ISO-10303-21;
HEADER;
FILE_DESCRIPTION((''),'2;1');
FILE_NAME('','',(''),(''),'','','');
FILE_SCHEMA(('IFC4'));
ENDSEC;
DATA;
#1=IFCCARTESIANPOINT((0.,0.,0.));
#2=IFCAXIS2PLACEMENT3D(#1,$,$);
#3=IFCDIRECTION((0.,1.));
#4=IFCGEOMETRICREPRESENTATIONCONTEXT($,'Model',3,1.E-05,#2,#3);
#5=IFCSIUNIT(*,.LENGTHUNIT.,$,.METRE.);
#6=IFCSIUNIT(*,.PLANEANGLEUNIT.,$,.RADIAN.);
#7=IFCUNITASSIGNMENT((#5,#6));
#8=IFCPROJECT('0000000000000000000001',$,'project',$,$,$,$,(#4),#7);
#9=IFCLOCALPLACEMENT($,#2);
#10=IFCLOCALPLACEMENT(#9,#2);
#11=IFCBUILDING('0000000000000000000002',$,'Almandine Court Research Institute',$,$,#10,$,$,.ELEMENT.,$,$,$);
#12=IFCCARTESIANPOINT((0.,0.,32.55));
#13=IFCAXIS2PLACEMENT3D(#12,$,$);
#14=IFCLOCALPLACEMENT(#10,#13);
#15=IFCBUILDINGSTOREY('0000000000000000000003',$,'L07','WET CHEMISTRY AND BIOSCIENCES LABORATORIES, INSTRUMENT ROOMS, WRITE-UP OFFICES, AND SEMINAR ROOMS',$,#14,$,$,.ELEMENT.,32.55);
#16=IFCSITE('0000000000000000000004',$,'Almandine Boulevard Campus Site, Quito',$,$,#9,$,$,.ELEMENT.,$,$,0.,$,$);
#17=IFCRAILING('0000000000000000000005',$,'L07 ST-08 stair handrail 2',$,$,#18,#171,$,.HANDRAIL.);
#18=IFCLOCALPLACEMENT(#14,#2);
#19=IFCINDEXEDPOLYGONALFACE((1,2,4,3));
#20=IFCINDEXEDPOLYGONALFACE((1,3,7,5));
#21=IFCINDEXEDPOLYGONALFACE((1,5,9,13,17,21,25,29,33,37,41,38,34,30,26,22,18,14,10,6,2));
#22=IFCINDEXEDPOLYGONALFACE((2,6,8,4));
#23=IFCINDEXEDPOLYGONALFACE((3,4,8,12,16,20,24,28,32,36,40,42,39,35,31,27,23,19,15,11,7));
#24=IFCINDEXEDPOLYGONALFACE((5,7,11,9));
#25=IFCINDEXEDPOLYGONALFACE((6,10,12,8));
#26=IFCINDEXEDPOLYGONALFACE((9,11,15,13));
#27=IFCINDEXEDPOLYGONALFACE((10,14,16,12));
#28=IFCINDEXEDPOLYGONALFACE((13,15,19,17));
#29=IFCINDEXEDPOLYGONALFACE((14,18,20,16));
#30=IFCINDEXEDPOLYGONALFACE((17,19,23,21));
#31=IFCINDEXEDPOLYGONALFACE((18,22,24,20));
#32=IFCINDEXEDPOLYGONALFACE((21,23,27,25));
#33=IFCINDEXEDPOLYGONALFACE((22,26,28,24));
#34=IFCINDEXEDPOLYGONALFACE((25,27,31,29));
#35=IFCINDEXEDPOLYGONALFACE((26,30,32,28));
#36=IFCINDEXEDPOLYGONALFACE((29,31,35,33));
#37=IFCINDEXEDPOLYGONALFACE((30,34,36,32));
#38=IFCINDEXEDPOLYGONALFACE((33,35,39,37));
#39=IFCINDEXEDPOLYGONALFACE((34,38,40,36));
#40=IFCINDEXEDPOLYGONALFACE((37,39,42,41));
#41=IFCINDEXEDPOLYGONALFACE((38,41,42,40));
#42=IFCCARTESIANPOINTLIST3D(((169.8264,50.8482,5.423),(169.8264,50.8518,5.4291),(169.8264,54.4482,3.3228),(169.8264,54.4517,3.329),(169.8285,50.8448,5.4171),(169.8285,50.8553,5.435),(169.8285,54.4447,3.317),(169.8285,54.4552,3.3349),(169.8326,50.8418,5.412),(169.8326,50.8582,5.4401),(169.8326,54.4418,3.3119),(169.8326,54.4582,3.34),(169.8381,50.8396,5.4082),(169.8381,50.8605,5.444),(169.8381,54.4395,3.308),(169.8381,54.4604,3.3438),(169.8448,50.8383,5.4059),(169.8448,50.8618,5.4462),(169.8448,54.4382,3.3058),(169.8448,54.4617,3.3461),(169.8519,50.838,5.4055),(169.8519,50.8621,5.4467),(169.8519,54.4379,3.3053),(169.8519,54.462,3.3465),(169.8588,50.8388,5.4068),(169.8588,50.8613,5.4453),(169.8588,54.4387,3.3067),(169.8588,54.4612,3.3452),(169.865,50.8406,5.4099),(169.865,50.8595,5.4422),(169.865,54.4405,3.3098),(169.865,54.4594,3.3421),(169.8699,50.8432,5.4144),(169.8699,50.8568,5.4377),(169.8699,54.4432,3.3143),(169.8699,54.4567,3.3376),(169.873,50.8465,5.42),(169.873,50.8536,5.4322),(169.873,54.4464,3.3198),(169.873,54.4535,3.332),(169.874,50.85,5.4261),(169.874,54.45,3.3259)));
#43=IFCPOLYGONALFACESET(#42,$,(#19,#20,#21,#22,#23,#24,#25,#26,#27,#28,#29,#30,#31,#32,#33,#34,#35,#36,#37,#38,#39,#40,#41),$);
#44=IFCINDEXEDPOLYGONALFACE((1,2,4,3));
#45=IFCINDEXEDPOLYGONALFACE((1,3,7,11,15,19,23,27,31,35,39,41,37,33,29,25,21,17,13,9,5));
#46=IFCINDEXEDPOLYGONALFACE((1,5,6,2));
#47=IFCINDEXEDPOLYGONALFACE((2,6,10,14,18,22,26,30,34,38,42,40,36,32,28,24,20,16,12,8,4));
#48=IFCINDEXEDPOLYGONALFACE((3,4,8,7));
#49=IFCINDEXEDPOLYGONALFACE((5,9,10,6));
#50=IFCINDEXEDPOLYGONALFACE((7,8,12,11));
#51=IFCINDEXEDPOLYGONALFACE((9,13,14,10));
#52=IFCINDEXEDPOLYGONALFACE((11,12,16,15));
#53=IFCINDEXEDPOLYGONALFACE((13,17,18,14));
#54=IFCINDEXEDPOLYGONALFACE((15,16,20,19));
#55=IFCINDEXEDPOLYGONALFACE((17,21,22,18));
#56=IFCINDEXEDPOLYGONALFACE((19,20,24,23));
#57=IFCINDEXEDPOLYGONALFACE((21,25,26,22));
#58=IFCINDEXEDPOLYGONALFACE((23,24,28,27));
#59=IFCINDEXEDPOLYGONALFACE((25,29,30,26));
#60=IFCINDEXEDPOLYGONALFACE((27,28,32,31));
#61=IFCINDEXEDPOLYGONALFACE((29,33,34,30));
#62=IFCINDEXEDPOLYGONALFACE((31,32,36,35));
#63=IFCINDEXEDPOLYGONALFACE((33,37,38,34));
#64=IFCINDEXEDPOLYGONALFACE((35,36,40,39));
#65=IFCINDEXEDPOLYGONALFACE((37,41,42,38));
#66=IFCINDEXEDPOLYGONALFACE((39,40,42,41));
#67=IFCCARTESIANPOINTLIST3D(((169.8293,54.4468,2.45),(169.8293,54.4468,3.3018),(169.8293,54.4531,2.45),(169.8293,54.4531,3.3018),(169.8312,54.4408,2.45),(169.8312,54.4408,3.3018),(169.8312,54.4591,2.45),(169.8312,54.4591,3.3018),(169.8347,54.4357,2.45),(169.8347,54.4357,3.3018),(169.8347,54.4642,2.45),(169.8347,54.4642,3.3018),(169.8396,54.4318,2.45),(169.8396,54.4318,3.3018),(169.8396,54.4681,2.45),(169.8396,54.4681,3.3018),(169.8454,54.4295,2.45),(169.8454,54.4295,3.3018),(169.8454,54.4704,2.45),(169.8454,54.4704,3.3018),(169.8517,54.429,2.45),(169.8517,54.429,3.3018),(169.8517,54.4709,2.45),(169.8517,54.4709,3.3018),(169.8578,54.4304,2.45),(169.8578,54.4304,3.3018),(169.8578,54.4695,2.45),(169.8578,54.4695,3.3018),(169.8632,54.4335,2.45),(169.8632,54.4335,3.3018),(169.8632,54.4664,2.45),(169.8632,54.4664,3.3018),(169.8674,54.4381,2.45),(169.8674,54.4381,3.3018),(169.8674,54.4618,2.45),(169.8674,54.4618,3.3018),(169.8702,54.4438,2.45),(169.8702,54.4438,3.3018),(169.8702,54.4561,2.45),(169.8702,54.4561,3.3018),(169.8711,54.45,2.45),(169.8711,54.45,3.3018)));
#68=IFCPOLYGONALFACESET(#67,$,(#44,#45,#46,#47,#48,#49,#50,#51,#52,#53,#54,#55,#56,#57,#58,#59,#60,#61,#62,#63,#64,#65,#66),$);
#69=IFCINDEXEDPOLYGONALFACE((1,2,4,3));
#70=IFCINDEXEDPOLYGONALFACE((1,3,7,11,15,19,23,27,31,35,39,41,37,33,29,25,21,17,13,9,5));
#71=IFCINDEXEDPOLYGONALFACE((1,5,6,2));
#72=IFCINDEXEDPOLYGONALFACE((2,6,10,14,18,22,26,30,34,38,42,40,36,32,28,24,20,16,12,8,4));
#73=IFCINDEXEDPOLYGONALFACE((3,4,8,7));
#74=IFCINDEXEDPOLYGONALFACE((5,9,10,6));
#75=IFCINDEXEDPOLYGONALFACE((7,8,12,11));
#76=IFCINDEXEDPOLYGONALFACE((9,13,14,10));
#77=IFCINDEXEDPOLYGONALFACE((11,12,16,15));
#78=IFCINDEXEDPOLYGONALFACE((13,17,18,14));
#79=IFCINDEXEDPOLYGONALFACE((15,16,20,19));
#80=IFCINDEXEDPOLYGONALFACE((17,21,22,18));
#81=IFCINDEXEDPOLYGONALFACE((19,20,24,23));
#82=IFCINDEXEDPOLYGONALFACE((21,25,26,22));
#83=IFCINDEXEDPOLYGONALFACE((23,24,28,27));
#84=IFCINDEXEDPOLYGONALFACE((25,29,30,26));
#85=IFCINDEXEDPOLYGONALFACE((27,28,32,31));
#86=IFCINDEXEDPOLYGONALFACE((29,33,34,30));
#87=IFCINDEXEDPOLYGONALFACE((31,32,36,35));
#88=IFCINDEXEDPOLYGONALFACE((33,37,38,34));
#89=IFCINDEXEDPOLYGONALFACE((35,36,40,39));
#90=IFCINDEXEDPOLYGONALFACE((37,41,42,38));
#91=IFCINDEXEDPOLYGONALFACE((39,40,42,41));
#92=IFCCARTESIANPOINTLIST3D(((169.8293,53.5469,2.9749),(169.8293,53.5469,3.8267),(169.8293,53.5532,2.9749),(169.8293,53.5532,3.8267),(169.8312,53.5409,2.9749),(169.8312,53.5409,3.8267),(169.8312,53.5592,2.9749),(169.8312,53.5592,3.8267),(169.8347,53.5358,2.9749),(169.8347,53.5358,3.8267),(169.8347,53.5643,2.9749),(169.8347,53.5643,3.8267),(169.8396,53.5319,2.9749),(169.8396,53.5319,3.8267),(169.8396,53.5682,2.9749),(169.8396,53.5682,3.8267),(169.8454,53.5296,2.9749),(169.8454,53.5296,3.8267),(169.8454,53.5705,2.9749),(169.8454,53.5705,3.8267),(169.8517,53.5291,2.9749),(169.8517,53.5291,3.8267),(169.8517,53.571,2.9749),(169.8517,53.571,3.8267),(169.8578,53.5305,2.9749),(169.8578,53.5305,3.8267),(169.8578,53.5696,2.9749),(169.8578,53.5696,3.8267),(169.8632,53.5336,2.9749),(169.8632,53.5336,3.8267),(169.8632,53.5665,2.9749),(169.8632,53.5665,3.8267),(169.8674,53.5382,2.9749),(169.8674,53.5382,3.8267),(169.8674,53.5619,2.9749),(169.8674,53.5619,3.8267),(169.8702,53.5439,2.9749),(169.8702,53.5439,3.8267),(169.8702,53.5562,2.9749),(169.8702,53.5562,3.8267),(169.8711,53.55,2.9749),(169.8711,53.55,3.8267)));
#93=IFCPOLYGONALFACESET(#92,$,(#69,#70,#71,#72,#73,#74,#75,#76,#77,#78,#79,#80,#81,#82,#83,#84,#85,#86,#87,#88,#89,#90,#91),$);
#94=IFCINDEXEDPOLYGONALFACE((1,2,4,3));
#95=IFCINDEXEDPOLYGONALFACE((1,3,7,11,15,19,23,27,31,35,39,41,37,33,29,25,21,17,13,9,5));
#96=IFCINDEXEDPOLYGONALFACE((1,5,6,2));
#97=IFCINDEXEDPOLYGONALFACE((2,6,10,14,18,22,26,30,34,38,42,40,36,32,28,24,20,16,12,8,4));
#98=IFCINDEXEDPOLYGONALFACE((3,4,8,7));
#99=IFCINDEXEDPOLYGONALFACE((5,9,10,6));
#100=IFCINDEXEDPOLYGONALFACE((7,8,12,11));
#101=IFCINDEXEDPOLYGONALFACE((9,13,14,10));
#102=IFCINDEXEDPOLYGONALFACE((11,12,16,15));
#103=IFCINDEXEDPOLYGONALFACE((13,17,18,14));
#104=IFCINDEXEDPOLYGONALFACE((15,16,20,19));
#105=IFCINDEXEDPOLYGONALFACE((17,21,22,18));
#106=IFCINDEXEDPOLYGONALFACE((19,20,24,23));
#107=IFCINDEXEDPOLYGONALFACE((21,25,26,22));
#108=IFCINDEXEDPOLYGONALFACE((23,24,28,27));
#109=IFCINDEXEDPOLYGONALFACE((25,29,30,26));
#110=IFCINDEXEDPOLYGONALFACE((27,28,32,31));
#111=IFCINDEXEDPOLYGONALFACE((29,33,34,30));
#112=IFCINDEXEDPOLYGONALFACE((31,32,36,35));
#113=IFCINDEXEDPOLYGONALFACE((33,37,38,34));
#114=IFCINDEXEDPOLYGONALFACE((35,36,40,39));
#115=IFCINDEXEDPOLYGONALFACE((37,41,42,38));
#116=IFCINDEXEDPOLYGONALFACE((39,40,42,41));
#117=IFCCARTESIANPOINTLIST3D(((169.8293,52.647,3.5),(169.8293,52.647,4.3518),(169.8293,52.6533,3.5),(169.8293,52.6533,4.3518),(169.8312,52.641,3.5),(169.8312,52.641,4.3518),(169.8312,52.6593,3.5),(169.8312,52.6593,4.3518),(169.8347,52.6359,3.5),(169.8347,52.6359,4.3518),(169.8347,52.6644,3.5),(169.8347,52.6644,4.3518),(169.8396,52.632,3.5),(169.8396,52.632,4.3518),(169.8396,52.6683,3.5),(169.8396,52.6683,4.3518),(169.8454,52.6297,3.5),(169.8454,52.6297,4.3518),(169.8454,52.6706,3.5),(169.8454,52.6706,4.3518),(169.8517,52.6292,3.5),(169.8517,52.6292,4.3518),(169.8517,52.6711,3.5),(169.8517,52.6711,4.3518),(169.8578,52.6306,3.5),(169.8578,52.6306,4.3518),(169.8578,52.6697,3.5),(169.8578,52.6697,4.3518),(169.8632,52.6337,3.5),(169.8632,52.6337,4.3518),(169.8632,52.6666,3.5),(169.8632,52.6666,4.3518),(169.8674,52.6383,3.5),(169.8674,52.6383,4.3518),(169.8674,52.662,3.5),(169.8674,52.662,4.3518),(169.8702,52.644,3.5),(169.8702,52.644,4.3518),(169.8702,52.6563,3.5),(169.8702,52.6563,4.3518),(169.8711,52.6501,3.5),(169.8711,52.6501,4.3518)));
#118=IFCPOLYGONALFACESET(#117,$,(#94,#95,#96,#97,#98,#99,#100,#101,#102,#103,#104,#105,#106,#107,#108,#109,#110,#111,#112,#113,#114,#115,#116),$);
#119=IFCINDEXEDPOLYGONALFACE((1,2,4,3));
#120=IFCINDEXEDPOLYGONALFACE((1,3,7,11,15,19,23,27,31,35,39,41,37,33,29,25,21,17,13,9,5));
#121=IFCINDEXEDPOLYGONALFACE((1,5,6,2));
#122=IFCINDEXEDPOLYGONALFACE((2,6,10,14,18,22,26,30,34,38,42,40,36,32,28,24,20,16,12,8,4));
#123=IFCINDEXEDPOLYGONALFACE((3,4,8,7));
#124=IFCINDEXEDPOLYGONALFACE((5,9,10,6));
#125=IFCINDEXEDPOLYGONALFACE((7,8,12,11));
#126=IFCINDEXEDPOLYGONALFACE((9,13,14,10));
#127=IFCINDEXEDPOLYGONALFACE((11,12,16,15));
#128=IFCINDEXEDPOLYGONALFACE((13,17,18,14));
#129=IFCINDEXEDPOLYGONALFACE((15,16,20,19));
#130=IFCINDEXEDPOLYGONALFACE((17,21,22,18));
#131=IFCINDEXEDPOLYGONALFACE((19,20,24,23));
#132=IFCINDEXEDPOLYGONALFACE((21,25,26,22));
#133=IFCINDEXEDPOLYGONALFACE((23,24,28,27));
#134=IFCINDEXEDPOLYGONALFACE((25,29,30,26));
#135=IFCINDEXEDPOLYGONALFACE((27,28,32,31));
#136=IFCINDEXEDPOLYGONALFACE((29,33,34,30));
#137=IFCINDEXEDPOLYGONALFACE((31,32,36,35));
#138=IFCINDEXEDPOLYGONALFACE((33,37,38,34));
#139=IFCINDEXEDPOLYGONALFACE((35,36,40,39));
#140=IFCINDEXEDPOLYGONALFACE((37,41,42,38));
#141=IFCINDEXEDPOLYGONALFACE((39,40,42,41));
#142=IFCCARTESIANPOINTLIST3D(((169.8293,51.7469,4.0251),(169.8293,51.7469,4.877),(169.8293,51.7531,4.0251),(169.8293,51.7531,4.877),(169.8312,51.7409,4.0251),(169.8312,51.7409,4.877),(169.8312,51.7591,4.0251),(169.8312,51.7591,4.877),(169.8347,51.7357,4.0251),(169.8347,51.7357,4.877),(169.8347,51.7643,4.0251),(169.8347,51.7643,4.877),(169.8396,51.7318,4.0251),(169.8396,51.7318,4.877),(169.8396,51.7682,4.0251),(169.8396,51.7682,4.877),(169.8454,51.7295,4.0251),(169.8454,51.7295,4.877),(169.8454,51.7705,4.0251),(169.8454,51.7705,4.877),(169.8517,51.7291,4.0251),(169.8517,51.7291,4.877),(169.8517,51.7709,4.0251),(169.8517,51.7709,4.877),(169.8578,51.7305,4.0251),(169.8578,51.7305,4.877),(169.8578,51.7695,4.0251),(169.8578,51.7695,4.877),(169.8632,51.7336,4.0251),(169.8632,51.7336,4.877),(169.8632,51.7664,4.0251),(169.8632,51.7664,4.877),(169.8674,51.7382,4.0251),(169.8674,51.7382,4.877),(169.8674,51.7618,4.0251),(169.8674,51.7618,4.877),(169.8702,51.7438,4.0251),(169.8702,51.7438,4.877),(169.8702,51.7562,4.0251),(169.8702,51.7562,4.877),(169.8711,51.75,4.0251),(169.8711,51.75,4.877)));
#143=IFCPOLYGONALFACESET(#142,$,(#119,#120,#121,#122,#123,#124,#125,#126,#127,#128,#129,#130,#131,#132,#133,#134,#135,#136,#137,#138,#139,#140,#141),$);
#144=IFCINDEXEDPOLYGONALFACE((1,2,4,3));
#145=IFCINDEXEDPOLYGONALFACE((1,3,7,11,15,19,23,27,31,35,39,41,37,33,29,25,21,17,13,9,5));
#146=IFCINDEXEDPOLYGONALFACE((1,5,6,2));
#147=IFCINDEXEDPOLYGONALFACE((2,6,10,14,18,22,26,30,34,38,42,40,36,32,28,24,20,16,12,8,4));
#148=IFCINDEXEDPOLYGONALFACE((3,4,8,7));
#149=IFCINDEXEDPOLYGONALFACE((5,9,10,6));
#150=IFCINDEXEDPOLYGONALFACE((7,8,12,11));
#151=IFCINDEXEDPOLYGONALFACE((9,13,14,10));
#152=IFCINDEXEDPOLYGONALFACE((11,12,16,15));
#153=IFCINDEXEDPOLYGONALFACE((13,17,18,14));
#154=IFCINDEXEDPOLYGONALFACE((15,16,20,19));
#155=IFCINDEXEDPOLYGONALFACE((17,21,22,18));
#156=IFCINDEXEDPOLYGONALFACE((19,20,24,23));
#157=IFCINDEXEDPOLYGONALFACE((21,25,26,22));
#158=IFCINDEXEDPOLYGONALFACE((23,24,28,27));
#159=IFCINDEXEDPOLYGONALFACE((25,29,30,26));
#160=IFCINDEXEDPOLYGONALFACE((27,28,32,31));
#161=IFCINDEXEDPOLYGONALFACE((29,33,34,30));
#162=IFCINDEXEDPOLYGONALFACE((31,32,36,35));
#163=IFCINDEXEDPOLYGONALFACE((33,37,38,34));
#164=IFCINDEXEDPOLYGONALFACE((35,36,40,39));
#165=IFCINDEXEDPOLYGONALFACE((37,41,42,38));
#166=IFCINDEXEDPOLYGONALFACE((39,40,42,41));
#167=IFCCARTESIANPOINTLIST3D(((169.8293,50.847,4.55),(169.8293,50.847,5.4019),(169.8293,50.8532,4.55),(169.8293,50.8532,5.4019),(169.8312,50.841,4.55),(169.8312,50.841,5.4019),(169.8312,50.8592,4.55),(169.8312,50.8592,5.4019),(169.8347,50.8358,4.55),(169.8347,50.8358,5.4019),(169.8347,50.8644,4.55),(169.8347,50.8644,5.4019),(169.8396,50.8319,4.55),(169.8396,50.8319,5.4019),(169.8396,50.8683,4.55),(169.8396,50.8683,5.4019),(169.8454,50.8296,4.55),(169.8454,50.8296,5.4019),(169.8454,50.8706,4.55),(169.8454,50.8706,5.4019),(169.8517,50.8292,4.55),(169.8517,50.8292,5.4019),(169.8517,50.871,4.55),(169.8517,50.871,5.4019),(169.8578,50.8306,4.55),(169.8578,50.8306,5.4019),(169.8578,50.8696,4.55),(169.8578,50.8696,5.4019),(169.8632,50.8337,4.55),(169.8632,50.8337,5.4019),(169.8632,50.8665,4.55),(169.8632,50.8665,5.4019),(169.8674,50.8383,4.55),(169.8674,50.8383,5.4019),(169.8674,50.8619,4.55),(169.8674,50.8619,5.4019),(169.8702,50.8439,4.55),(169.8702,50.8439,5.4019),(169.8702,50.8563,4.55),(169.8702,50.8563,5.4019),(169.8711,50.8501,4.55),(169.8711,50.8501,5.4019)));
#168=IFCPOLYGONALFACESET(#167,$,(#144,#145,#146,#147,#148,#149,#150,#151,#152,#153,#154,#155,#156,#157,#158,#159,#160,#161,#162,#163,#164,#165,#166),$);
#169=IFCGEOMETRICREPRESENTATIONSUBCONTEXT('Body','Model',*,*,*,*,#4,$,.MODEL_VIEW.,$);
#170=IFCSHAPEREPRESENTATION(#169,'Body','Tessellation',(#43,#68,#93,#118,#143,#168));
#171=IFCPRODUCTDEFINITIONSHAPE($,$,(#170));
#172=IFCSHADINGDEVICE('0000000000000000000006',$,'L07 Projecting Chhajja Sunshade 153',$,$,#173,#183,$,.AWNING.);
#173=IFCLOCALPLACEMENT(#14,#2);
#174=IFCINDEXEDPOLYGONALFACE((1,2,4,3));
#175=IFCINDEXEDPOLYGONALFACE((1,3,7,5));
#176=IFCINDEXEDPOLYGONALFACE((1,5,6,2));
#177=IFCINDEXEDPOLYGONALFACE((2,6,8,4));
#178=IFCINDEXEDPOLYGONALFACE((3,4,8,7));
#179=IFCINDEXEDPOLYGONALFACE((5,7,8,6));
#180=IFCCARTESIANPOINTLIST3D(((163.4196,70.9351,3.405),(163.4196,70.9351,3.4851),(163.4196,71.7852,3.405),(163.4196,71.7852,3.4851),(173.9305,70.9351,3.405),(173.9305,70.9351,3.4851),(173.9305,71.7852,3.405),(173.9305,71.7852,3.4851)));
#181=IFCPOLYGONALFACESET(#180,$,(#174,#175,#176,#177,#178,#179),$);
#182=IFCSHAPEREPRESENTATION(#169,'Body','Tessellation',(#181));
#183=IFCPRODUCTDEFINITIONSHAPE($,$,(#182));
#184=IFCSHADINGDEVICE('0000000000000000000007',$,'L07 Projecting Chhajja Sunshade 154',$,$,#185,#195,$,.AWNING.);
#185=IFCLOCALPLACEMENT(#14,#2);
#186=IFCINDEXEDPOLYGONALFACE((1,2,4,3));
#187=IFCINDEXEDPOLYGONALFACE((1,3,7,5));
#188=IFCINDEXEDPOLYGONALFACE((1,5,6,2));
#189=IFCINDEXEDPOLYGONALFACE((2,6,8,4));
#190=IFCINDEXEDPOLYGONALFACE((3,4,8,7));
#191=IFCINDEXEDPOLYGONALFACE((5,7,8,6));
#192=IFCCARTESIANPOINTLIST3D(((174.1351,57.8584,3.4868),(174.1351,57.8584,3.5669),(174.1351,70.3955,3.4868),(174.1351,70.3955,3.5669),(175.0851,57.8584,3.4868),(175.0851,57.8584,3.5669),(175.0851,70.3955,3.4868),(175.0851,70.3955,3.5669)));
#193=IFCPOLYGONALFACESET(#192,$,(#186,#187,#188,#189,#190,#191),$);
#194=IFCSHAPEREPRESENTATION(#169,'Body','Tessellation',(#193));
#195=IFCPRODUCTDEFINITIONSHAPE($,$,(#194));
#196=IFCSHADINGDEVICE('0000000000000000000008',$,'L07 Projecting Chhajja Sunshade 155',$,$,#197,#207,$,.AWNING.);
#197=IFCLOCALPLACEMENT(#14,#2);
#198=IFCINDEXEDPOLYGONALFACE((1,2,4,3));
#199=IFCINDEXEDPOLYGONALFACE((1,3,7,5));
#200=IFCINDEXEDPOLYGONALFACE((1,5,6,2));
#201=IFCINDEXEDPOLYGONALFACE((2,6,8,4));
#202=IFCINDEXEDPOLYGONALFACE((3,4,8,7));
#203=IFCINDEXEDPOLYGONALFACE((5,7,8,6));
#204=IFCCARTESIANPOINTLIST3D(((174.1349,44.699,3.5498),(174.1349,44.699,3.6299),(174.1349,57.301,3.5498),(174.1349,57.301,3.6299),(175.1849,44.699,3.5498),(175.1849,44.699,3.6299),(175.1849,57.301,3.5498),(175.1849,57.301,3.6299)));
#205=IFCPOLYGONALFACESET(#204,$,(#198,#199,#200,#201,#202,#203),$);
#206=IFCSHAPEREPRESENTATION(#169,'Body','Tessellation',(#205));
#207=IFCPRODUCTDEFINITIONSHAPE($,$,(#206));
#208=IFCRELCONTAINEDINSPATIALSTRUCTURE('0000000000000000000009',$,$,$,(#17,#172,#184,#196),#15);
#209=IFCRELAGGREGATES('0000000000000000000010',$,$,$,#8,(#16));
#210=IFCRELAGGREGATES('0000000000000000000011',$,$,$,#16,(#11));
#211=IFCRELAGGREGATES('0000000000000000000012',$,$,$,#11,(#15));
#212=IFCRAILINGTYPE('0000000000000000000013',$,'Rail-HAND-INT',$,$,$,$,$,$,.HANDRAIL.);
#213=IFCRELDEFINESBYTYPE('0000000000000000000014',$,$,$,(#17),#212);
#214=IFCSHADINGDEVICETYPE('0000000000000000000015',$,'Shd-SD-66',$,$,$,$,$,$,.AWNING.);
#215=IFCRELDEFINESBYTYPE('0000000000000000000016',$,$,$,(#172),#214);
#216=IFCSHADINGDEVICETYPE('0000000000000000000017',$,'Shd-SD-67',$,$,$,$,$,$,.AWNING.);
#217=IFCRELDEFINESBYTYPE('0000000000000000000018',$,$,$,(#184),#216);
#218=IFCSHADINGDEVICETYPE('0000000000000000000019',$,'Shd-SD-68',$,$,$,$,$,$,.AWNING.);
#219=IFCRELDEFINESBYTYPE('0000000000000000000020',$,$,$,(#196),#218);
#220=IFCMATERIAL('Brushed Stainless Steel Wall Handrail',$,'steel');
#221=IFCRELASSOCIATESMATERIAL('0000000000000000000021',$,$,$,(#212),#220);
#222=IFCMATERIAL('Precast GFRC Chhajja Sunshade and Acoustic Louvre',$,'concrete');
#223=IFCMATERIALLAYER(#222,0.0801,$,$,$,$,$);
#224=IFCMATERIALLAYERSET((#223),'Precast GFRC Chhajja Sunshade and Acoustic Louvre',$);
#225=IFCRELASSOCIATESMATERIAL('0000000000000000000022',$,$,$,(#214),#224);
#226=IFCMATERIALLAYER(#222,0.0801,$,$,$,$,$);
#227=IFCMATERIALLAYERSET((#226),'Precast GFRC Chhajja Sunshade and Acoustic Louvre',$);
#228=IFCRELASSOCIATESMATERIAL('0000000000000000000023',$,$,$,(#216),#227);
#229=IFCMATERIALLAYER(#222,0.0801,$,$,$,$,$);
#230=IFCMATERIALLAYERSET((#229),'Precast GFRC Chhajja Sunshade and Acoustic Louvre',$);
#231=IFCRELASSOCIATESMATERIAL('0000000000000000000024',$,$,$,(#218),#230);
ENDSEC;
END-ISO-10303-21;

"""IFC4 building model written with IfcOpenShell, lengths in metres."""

from ifc_helpers import new_model, si_unit, direction, frame, origin, origin_2d, place, context, subcontext, project, spatial, rectangle, circle, extrude, material, layer, layer_set, type_object, element, save


model = new_model("IFC4")

# Units and contexts
model_context = context("Model", 3, precision=1e-05, world=origin(), true_north=direction((0.0, 1.0)))
body_context = subcontext(model_context, "Body", "Model", "MODEL_VIEW")
ifc_project = project(units=[si_unit("LENGTHUNIT", "METRE"), si_unit("PLANEANGLEUNIT", "RADIAN")], contexts=[model_context])

# Site, building, storey
site_placement = place(None, origin())
site = spatial("IfcSite", under=ifc_project, at=site_placement, Name="Almandine Boulevard Campus Site, Quito", CompositionType="ELEMENT", RefElevation=0.0)
building_placement = place(site_placement, origin())
building = spatial("IfcBuilding", under=site, at=building_placement, Name="Almandine Court Research Institute", CompositionType="ELEMENT")
storey_placement = place(building_placement, frame((0.0, 0.0, 32.55)))
storey = spatial("IfcBuildingStorey", under=building, at=storey_placement, Name="L07", Description="WET CHEMISTRY AND BIOSCIENCES LABORATORIES, INSTRUMENT ROOMS, WRITE-UP OFFICES, AND SEMINAR ROOMS", CompositionType="ELEMENT", Elevation=32.55)

# Railing
ifc_material_1 = material(Name="Brushed Stainless Steel Wall Handrail", Category="steel")
railing_type_1 = type_object("IfcRailingType", Name="Rail-HAND-INT", PredefinedType="HANDRAIL", material=ifc_material_1)
railing_1_placement = place(storey_placement, frame((169.8501, 54.45, 2.45)))
element("IfcRailing", 1, at=railing_1_placement, inside=storey, type_object=railing_type_1, Name="L07 ST-08 stair handrail 2", PredefinedType="HANDRAIL", context=body_context, shape_type="SweptSolid", body=[
    extrude(circle(Radius=0.0239, at=origin_2d()), frame((0.0, 0.0, 0.876), z_axis=(0.0, -0.86376, 0.503904), x_axis=(1.0, 0.0, 0.0)), (0.0, 0.0, 1.0), 4.1677),
    extrude(circle(Radius=0.021, at=origin_2d()), origin(), (0.0, 0.0, 1.0), 0.8518),
    extrude(circle(Radius=0.021, at=origin_2d()), frame((0.0, -0.8999, 0.5249)), (0.0, 0.0, 1.0), 0.8518),
    extrude(circle(Radius=0.021, at=origin_2d()), frame((0.0, -1.7998, 1.05)), (0.0, 0.0, 1.0), 0.8518),
    extrude(circle(Radius=0.021, at=origin_2d()), frame((0.0, -2.7, 1.5752)), (0.0, 0.0, 1.0), 0.8518),
    extrude(circle(Radius=0.021, at=origin_2d()), frame((0.0, -3.5999, 2.1001)), (0.0, 0.0, 1.0), 0.8518),
])

# Shading devices
ifc_material_2 = material(Name="Precast GFRC Chhajja Sunshade and Acoustic Louvre", Category="concrete")
ifc_layer_1 = layer(ifc_material_2, 0.0801)
ifc_layer_set_1 = layer_set([ifc_layer_1], Name="Precast GFRC Chhajja Sunshade and Acoustic Louvre")
shading_device_type_1 = type_object("IfcShadingDeviceType", Name="Shd-SD-66", PredefinedType="AWNING", material=ifc_layer_set_1)
shading_device_1_placement = place(storey_placement, frame((168.675, 71.3601, 3.405), z_axis=(0.0, 0.0, 1.0), x_axis=(1.0, 0.0, 0.0)))
element("IfcShadingDevice", 2, at=shading_device_1_placement, inside=storey, type_object=shading_device_type_1, Name="L07 Projecting Chhajja Sunshade 153", PredefinedType="AWNING", context=body_context, shape_type="SweptSolid", body=[
    extrude(rectangle(XDim=10.511, YDim=0.8501, at=origin_2d()), origin(), (0.0, 0.0, 1.0), 0.0801),
])
ifc_layer_2 = layer(ifc_material_2, 0.0801)
ifc_layer_set_2 = layer_set([ifc_layer_2], Name="Precast GFRC Chhajja Sunshade and Acoustic Louvre")
shading_device_type_2 = type_object("IfcShadingDeviceType", Name="Shd-SD-67", PredefinedType="AWNING", material=ifc_layer_set_2)
shading_device_2_placement = place(storey_placement, frame((174.6101, 64.127, 3.4868), z_axis=(0.0, 0.0, 1.0), x_axis=(0.0, -1.0, 0.0)))
element("IfcShadingDevice", 3, at=shading_device_2_placement, inside=storey, type_object=shading_device_type_2, Name="L07 Projecting Chhajja Sunshade 154", PredefinedType="AWNING", context=body_context, shape_type="SweptSolid", body=[
    extrude(rectangle(XDim=12.5371, YDim=0.95, at=origin_2d()), origin(), (0.0, 0.0, 1.0), 0.0801),
])
ifc_layer_3 = layer(ifc_material_2, 0.0801)
ifc_layer_set_3 = layer_set([ifc_layer_3], Name="Precast GFRC Chhajja Sunshade and Acoustic Louvre")
shading_device_type_3 = type_object("IfcShadingDeviceType", Name="Shd-SD-68", PredefinedType="AWNING", material=ifc_layer_set_3)
shading_device_3_placement = place(storey_placement, frame((174.6599, 51.0, 3.5498), z_axis=(0.0, 0.0, 1.0), x_axis=(0.0, -1.0, 0.0)))
element("IfcShadingDevice", 4, at=shading_device_3_placement, inside=storey, type_object=shading_device_type_3, Name="L07 Projecting Chhajja Sunshade 155", PredefinedType="AWNING", context=body_context, shape_type="SweptSolid", body=[
    extrude(rectangle(XDim=12.6021, YDim=1.05, at=origin_2d()), origin(), (0.0, 0.0, 1.0), 0.0801),
])

save(model, "model.ifc")
